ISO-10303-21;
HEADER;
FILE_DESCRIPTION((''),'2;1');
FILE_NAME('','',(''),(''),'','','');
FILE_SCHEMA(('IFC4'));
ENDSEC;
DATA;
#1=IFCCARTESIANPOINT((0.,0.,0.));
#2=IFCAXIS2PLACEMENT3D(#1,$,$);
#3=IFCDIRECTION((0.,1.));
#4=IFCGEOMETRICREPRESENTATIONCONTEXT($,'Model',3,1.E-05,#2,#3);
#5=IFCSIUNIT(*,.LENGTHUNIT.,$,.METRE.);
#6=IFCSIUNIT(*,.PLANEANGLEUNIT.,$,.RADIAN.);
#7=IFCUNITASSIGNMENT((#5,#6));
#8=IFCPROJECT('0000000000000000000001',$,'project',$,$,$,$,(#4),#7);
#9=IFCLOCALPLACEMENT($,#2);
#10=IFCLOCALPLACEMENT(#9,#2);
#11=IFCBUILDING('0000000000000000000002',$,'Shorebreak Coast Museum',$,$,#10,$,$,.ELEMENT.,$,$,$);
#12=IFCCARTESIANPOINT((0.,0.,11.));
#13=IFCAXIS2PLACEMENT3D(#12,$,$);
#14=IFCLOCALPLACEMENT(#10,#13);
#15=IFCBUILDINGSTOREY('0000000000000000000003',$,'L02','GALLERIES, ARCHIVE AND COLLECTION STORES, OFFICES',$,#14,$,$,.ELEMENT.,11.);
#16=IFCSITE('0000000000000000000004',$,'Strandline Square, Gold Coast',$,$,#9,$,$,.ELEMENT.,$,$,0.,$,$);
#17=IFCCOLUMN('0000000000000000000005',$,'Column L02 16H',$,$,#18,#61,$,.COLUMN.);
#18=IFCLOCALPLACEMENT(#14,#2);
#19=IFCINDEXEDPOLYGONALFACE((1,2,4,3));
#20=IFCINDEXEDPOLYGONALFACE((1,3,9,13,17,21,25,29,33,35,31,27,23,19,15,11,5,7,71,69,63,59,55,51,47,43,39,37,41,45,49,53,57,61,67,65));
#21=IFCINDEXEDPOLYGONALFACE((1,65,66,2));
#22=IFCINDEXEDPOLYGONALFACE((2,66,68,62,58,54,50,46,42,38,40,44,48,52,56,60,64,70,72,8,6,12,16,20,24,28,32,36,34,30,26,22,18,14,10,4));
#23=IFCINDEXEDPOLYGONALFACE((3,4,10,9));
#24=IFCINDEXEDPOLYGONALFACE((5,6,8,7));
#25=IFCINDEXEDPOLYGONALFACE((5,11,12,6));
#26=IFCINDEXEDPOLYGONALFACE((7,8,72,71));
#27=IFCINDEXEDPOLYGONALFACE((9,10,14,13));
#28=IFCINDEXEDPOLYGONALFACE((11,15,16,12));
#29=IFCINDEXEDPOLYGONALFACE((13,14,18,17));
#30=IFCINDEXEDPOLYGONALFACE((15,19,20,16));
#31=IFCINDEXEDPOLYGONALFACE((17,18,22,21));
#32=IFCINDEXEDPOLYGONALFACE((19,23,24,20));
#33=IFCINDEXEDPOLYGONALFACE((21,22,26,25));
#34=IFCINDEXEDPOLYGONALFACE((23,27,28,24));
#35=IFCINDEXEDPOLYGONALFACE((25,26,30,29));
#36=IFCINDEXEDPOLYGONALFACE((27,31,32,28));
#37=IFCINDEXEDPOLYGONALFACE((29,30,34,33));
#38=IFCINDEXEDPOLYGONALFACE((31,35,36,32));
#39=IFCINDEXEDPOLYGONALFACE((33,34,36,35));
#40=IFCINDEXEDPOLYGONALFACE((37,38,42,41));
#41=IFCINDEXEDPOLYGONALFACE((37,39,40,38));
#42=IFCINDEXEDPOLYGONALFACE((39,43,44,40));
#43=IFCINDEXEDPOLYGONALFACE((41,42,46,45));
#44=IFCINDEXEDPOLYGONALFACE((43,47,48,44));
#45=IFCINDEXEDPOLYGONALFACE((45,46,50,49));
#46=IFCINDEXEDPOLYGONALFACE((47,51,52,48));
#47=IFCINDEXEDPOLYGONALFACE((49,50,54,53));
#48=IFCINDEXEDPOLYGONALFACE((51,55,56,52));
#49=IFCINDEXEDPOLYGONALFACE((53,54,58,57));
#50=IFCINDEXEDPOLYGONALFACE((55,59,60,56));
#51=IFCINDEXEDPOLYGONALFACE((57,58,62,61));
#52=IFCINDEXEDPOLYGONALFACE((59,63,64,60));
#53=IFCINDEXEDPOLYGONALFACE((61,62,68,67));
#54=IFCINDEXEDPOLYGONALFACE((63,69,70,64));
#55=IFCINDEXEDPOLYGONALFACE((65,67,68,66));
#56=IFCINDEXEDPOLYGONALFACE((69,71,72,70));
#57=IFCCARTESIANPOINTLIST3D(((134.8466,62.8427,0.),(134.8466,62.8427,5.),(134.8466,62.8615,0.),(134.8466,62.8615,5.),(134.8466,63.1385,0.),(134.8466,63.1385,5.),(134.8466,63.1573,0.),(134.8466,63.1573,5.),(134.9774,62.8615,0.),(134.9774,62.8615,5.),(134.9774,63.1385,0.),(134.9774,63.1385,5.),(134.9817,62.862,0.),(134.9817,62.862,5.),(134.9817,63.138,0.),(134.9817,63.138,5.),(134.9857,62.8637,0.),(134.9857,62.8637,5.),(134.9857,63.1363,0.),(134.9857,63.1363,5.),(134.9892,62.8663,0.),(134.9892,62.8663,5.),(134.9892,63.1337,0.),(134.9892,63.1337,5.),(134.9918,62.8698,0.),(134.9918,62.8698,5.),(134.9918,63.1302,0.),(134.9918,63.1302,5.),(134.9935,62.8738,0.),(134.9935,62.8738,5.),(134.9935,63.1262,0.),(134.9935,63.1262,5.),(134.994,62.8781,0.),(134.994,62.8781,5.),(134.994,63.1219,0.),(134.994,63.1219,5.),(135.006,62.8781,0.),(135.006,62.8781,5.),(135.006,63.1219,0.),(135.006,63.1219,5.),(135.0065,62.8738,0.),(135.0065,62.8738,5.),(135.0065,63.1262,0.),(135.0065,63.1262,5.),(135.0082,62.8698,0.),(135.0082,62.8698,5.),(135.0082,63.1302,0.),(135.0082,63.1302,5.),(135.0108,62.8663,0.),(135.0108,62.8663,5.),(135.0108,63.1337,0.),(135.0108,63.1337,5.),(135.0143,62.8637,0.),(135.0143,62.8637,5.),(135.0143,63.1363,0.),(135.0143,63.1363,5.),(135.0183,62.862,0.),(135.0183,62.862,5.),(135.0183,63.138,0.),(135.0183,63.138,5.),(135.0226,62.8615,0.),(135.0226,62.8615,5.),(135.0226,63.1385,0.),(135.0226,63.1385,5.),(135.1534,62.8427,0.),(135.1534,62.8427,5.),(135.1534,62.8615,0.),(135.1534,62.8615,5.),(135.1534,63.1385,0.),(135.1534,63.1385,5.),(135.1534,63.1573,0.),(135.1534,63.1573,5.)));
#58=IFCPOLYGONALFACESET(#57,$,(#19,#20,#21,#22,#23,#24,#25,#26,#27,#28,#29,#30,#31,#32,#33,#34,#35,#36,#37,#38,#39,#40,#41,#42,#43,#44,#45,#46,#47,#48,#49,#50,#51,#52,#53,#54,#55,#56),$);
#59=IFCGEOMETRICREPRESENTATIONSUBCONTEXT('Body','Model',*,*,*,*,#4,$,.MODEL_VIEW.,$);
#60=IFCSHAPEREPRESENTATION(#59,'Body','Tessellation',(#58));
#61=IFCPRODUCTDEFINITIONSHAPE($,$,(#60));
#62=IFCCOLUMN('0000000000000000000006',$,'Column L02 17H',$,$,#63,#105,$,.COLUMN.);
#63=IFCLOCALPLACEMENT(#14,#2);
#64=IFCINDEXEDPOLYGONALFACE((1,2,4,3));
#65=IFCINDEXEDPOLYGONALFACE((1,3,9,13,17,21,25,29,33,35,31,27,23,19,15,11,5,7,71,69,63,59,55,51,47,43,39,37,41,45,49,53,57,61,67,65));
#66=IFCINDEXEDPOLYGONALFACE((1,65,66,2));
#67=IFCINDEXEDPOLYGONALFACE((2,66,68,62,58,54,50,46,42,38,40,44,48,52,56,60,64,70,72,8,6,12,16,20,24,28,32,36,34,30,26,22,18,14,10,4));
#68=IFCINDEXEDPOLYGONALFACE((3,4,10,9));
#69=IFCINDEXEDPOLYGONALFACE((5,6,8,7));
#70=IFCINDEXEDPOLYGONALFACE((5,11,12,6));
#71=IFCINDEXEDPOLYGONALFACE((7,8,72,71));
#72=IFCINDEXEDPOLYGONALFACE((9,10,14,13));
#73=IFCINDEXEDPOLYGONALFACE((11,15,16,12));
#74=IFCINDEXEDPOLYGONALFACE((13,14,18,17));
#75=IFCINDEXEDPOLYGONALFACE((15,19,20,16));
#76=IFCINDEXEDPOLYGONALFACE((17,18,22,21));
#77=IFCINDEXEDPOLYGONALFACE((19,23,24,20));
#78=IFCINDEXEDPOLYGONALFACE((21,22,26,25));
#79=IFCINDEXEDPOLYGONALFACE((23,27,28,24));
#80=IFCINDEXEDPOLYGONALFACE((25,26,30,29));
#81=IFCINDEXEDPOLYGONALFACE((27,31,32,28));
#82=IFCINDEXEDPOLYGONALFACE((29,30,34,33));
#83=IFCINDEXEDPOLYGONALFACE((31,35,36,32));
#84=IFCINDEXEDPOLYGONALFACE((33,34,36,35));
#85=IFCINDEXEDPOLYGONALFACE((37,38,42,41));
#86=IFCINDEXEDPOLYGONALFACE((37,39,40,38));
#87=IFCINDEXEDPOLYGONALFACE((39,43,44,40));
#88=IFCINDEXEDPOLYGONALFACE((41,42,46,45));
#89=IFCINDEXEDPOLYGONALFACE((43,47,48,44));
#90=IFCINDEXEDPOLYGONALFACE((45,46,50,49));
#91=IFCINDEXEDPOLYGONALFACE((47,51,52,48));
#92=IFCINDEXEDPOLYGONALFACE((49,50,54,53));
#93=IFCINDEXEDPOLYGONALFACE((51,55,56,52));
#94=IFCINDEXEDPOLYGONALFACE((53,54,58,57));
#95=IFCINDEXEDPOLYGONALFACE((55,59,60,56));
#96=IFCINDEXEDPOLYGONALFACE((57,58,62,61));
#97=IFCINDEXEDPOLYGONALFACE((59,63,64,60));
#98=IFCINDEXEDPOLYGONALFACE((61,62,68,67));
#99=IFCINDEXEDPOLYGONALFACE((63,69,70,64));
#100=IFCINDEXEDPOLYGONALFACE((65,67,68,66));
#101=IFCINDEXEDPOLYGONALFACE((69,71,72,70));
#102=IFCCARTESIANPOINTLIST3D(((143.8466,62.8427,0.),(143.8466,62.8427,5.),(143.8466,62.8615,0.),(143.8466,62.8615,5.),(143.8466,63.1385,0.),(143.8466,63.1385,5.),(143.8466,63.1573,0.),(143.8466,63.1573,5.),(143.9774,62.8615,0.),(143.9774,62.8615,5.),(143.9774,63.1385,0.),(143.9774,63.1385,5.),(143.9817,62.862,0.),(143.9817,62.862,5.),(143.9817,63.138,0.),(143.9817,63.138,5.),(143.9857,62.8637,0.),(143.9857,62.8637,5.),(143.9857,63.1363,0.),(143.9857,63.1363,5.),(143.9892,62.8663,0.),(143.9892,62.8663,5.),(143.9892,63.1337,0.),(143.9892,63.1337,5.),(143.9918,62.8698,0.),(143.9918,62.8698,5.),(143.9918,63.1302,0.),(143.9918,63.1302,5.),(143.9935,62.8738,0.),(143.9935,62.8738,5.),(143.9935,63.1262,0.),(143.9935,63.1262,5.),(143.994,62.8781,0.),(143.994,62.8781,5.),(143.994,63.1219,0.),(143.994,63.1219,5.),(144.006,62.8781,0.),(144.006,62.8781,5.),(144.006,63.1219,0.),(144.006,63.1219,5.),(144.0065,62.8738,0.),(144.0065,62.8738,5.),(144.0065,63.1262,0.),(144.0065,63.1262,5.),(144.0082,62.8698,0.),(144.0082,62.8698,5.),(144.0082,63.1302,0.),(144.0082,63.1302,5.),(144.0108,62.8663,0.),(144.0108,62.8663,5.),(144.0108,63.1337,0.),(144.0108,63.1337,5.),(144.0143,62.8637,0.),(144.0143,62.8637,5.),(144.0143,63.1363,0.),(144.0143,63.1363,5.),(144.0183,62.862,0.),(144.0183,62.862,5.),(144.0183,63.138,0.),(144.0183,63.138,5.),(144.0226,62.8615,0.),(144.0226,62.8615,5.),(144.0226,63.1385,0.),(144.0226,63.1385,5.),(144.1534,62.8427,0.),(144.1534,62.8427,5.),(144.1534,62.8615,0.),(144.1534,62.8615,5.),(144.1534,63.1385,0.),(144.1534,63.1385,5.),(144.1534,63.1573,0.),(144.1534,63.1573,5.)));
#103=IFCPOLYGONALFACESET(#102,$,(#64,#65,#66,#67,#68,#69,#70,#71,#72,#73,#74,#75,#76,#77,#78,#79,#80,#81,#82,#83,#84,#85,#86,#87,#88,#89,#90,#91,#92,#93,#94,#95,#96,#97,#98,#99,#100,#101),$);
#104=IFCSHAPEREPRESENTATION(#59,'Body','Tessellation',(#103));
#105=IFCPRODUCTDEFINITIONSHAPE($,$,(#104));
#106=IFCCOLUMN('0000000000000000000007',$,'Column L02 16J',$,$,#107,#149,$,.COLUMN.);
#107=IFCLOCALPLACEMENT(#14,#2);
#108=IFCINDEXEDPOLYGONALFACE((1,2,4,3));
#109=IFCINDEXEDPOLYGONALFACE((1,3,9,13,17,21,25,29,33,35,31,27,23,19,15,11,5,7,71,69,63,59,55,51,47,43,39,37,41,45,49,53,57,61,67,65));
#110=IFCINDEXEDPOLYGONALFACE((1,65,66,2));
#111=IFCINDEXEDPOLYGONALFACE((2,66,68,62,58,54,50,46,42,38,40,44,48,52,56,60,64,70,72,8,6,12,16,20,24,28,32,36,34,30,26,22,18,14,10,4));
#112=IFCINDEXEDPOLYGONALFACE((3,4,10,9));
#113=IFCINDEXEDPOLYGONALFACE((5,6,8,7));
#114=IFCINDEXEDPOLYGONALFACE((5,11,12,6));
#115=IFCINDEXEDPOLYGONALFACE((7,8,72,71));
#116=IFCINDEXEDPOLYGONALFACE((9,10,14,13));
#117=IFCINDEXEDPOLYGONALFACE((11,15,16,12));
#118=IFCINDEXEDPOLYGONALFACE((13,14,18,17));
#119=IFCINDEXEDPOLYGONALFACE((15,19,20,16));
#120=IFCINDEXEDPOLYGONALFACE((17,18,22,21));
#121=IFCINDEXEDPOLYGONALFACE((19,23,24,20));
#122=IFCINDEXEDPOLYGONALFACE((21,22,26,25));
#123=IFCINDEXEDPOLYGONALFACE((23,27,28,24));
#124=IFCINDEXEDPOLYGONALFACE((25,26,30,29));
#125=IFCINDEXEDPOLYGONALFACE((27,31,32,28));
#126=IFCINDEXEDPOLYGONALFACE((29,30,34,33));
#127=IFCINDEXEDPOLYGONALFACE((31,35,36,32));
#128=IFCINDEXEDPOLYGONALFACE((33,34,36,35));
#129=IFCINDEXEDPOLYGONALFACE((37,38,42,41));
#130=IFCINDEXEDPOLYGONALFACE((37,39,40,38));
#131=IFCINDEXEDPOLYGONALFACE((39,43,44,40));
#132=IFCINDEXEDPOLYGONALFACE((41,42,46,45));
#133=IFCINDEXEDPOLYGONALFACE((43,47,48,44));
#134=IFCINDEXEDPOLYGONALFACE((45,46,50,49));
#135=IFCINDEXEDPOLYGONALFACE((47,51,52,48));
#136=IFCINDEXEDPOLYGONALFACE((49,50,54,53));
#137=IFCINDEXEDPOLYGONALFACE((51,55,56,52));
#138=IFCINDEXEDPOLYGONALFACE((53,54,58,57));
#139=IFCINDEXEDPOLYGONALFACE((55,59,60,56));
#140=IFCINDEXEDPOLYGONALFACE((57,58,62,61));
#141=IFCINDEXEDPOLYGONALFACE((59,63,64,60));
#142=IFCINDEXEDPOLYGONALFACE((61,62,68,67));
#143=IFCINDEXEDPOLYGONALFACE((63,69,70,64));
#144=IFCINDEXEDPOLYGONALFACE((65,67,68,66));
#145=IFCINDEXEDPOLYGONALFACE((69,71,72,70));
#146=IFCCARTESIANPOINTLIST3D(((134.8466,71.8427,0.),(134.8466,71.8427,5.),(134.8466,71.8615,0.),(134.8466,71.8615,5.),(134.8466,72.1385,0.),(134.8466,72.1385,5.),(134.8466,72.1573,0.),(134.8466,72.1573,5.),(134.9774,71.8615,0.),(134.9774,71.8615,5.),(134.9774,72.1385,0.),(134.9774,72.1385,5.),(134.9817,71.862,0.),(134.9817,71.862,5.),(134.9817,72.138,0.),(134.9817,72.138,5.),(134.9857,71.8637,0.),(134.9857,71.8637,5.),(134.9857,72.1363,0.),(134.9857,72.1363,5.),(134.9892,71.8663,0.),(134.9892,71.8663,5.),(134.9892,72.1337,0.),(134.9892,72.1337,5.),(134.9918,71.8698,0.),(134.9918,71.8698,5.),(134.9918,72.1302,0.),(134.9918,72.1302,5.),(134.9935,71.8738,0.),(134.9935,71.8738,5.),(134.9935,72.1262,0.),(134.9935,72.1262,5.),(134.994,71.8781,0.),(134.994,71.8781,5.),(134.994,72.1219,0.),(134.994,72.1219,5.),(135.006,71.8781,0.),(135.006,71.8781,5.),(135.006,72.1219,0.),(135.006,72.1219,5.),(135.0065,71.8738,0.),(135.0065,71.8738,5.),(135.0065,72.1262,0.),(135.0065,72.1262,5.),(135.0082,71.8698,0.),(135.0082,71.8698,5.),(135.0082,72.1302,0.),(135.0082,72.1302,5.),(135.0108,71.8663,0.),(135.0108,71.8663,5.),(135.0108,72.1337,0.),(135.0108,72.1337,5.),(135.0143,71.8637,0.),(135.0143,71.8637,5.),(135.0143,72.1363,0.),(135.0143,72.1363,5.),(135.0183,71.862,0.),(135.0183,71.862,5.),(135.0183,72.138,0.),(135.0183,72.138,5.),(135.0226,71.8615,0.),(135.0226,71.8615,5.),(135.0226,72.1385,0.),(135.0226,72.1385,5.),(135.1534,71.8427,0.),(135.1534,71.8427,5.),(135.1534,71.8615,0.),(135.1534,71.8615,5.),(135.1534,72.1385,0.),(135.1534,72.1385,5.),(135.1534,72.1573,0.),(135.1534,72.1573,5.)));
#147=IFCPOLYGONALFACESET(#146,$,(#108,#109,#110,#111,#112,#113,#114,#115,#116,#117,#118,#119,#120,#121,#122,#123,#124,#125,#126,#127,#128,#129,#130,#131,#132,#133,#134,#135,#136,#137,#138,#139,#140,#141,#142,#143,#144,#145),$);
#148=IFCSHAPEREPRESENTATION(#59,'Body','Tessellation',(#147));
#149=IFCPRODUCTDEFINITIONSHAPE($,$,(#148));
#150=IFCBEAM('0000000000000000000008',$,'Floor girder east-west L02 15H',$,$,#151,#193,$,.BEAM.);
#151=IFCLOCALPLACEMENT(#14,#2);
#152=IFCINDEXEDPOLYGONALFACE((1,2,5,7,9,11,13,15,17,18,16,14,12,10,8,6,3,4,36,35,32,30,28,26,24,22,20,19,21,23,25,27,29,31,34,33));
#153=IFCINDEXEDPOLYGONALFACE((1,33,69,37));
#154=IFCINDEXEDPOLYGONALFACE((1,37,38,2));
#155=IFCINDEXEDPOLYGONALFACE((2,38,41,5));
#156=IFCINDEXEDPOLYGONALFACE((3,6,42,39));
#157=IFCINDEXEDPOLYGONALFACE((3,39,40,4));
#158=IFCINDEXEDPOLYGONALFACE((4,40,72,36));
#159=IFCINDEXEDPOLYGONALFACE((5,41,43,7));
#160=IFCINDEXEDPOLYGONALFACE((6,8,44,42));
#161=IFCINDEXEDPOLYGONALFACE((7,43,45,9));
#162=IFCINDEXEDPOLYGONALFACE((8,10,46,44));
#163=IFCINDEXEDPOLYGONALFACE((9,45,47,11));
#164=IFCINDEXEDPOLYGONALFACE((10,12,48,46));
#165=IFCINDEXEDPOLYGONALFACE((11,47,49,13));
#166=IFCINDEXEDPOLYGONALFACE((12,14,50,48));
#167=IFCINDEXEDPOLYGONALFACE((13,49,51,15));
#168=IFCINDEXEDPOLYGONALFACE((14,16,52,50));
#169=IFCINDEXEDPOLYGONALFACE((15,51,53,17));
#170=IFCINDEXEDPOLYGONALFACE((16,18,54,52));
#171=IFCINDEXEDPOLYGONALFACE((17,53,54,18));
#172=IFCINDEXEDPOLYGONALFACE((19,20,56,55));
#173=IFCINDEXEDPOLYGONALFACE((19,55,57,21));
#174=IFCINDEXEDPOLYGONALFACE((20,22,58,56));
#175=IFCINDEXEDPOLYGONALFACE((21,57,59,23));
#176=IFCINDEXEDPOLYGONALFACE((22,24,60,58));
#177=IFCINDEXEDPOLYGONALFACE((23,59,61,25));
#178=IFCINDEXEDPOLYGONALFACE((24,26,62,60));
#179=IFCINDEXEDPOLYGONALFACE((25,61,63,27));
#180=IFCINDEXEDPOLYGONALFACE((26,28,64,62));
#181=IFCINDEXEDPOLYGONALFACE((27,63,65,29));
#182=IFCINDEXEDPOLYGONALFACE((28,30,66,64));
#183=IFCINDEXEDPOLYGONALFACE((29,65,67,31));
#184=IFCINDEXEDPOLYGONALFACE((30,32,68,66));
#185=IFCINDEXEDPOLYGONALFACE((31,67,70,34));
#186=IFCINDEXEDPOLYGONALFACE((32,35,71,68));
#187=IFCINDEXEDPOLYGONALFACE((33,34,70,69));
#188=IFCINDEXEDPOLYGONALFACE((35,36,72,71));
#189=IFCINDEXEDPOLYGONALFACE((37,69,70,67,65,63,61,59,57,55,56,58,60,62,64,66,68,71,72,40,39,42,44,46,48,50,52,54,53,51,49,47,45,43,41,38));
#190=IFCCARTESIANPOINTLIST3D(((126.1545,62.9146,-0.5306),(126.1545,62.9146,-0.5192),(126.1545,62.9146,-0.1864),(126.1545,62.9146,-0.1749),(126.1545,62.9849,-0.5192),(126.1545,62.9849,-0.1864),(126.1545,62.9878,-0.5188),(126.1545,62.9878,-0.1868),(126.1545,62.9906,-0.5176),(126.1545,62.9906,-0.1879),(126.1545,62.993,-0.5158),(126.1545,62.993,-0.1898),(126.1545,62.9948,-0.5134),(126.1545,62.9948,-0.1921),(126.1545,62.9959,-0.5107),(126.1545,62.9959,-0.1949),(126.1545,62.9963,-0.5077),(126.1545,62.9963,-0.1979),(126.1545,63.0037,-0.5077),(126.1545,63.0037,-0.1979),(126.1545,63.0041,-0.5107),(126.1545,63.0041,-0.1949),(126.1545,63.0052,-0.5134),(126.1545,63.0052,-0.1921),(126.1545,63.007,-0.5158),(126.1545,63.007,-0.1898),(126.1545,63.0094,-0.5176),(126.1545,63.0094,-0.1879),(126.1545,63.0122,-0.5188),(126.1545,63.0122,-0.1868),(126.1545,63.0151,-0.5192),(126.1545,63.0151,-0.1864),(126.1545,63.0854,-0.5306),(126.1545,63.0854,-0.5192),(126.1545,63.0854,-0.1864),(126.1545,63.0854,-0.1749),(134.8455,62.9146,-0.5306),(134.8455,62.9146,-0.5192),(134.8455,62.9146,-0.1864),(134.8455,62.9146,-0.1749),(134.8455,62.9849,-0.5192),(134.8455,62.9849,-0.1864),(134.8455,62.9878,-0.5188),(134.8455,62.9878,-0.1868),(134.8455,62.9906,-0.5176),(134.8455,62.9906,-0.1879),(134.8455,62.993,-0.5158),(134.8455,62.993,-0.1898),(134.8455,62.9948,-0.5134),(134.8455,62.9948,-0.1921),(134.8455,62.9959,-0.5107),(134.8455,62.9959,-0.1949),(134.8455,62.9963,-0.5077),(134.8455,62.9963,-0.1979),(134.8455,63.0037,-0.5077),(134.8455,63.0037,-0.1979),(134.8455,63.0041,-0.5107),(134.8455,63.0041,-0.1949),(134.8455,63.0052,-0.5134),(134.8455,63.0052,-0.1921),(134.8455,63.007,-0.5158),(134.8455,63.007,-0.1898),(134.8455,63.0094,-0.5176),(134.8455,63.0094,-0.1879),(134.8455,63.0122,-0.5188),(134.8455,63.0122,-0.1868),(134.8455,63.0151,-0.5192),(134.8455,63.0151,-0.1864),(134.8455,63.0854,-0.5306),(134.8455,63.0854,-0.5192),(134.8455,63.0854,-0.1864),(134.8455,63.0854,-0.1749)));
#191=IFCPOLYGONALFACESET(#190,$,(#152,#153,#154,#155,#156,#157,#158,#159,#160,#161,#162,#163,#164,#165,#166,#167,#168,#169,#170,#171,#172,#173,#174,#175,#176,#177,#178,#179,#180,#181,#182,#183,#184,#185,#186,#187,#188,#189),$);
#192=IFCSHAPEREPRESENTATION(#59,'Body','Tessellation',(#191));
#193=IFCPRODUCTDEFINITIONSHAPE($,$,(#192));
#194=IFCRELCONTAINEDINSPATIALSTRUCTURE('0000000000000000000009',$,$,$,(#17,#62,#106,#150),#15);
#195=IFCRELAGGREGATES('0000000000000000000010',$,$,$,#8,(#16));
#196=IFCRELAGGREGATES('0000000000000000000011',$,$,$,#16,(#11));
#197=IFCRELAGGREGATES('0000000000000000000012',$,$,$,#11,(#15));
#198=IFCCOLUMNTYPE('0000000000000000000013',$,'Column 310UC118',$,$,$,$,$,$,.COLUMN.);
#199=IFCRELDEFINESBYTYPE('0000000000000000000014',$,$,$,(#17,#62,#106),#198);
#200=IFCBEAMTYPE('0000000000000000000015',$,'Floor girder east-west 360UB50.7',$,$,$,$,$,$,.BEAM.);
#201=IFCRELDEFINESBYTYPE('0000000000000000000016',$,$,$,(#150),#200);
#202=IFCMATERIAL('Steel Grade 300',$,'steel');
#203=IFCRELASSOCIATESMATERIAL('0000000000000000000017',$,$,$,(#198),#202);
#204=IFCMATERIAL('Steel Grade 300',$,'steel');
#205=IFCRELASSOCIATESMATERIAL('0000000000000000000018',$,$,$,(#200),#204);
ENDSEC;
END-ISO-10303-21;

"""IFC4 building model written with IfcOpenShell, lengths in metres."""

from ifc_helpers import new_model, si_unit, direction, frame, origin, origin_2d, place, context, subcontext, project, spatial, i_section, extrude, material, material_profile, profile_set, type_object, element, save


model = new_model("IFC4")

# Units and contexts
model_context = context("Model", 3, precision=1e-05, world=origin(), true_north=direction((0.0, 1.0)))
body_context = subcontext(model_context, "Body", "Model", "MODEL_VIEW")
ifc_project = project(units=[si_unit("LENGTHUNIT", "METRE"), si_unit("PLANEANGLEUNIT", "RADIAN")], contexts=[model_context])

# Site, building, storey
site_placement = place(None, origin())
site = spatial("IfcSite", under=ifc_project, at=site_placement, Name="Strandline Square, Gold Coast", CompositionType="ELEMENT", RefElevation=0.0)
building_placement = place(site_placement, origin())
building = spatial("IfcBuilding", under=site, at=building_placement, Name="Shorebreak Coast Museum", CompositionType="ELEMENT")
storey_placement = place(building_placement, frame((0.0, 0.0, 11.0)))
storey = spatial("IfcBuildingStorey", under=building, at=storey_placement, Name="L02", Description="GALLERIES, ARCHIVE AND COLLECTION STORES, OFFICES", CompositionType="ELEMENT", Elevation=11.0)

# Columns
ifc_material_1 = material(Name="Steel Grade 300", Category="steel")
ifc_material_profile_1 = material_profile(ifc_material_1, i_section(OverallWidth=0.3069, OverallDepth=0.3147, WebThickness=0.012, FlangeThickness=0.0188, FilletRadius=0.0166, at=origin_2d()), Name="310UC118")
ifc_profile_set_1 = profile_set([ifc_material_profile_1], Name="Steel Grade 300")
column_type = type_object("IfcColumnType", Name="Column 310UC118", PredefinedType="COLUMN", material=ifc_profile_set_1)
for number, where, z_axis, x_axis, name in (
    (1, (135.0, 63.0, 0.0), (0.0, 0.0, 1.0), (1.0, 0.0, 0.0), "Column L02 16H"),
    (2, (144.0, 63.0, 0.0), (0.0, 0.0, 1.0), (1.0, 0.0, 0.0), "Column L02 17H"),
    (3, (135.0, 72.0, 0.0), (0.0, 0.0, 1.0), (1.0, 0.0, 0.0), "Column L02 16J"),
):
    element("IfcColumn", number, at=place(storey_placement, frame(where, z_axis=z_axis, x_axis=x_axis)), inside=storey, type_object=column_type, Name=name, PredefinedType="COLUMN", context=body_context, shape_type="SweptSolid", body=[
        extrude(i_section(OverallWidth=0.3069, OverallDepth=0.3147, WebThickness=0.012, FlangeThickness=0.0188, FilletRadius=0.0166, at=origin_2d()), origin(), (0.0, 0.0, 1.0), 5.0),
    ])

# Beam
ifc_material_2 = material(Name="Steel Grade 300", Category="steel")
ifc_material_profile_2 = material_profile(ifc_material_2, i_section(OverallWidth=0.1709, OverallDepth=0.3557, WebThickness=0.0073, FlangeThickness=0.0115, FilletRadius=0.0115, at=origin_2d()), Name="360UB50.7")
ifc_profile_set_2 = profile_set([ifc_material_profile_2], Name="Steel Grade 300")
beam_type_1 = type_object("IfcBeamType", Name="Floor girder east-west 360UB50.7", PredefinedType="BEAM", material=ifc_profile_set_2)
for number, where, z_axis, x_axis, name in (
    (4, (126.1545, 63.0, -0.3528), (1.0, 0.0, 0.0), (0.0, 1.0, 0.0), "Floor girder east-west L02 15H"),
):
    element("IfcBeam", number, at=place(storey_placement, frame(where, z_axis=z_axis, x_axis=x_axis)), inside=storey, type_object=beam_type_1, Name=name, PredefinedType="BEAM", context=body_context, shape_type="SweptSolid", body=[
        extrude(i_section(OverallWidth=0.1709, OverallDepth=0.3557, WebThickness=0.0073, FlangeThickness=0.0115, FilletRadius=0.0115, at=origin_2d()), origin(), (0.0, 0.0, 1.0), 8.6909),
    ])

save(model, "model.ifc")
